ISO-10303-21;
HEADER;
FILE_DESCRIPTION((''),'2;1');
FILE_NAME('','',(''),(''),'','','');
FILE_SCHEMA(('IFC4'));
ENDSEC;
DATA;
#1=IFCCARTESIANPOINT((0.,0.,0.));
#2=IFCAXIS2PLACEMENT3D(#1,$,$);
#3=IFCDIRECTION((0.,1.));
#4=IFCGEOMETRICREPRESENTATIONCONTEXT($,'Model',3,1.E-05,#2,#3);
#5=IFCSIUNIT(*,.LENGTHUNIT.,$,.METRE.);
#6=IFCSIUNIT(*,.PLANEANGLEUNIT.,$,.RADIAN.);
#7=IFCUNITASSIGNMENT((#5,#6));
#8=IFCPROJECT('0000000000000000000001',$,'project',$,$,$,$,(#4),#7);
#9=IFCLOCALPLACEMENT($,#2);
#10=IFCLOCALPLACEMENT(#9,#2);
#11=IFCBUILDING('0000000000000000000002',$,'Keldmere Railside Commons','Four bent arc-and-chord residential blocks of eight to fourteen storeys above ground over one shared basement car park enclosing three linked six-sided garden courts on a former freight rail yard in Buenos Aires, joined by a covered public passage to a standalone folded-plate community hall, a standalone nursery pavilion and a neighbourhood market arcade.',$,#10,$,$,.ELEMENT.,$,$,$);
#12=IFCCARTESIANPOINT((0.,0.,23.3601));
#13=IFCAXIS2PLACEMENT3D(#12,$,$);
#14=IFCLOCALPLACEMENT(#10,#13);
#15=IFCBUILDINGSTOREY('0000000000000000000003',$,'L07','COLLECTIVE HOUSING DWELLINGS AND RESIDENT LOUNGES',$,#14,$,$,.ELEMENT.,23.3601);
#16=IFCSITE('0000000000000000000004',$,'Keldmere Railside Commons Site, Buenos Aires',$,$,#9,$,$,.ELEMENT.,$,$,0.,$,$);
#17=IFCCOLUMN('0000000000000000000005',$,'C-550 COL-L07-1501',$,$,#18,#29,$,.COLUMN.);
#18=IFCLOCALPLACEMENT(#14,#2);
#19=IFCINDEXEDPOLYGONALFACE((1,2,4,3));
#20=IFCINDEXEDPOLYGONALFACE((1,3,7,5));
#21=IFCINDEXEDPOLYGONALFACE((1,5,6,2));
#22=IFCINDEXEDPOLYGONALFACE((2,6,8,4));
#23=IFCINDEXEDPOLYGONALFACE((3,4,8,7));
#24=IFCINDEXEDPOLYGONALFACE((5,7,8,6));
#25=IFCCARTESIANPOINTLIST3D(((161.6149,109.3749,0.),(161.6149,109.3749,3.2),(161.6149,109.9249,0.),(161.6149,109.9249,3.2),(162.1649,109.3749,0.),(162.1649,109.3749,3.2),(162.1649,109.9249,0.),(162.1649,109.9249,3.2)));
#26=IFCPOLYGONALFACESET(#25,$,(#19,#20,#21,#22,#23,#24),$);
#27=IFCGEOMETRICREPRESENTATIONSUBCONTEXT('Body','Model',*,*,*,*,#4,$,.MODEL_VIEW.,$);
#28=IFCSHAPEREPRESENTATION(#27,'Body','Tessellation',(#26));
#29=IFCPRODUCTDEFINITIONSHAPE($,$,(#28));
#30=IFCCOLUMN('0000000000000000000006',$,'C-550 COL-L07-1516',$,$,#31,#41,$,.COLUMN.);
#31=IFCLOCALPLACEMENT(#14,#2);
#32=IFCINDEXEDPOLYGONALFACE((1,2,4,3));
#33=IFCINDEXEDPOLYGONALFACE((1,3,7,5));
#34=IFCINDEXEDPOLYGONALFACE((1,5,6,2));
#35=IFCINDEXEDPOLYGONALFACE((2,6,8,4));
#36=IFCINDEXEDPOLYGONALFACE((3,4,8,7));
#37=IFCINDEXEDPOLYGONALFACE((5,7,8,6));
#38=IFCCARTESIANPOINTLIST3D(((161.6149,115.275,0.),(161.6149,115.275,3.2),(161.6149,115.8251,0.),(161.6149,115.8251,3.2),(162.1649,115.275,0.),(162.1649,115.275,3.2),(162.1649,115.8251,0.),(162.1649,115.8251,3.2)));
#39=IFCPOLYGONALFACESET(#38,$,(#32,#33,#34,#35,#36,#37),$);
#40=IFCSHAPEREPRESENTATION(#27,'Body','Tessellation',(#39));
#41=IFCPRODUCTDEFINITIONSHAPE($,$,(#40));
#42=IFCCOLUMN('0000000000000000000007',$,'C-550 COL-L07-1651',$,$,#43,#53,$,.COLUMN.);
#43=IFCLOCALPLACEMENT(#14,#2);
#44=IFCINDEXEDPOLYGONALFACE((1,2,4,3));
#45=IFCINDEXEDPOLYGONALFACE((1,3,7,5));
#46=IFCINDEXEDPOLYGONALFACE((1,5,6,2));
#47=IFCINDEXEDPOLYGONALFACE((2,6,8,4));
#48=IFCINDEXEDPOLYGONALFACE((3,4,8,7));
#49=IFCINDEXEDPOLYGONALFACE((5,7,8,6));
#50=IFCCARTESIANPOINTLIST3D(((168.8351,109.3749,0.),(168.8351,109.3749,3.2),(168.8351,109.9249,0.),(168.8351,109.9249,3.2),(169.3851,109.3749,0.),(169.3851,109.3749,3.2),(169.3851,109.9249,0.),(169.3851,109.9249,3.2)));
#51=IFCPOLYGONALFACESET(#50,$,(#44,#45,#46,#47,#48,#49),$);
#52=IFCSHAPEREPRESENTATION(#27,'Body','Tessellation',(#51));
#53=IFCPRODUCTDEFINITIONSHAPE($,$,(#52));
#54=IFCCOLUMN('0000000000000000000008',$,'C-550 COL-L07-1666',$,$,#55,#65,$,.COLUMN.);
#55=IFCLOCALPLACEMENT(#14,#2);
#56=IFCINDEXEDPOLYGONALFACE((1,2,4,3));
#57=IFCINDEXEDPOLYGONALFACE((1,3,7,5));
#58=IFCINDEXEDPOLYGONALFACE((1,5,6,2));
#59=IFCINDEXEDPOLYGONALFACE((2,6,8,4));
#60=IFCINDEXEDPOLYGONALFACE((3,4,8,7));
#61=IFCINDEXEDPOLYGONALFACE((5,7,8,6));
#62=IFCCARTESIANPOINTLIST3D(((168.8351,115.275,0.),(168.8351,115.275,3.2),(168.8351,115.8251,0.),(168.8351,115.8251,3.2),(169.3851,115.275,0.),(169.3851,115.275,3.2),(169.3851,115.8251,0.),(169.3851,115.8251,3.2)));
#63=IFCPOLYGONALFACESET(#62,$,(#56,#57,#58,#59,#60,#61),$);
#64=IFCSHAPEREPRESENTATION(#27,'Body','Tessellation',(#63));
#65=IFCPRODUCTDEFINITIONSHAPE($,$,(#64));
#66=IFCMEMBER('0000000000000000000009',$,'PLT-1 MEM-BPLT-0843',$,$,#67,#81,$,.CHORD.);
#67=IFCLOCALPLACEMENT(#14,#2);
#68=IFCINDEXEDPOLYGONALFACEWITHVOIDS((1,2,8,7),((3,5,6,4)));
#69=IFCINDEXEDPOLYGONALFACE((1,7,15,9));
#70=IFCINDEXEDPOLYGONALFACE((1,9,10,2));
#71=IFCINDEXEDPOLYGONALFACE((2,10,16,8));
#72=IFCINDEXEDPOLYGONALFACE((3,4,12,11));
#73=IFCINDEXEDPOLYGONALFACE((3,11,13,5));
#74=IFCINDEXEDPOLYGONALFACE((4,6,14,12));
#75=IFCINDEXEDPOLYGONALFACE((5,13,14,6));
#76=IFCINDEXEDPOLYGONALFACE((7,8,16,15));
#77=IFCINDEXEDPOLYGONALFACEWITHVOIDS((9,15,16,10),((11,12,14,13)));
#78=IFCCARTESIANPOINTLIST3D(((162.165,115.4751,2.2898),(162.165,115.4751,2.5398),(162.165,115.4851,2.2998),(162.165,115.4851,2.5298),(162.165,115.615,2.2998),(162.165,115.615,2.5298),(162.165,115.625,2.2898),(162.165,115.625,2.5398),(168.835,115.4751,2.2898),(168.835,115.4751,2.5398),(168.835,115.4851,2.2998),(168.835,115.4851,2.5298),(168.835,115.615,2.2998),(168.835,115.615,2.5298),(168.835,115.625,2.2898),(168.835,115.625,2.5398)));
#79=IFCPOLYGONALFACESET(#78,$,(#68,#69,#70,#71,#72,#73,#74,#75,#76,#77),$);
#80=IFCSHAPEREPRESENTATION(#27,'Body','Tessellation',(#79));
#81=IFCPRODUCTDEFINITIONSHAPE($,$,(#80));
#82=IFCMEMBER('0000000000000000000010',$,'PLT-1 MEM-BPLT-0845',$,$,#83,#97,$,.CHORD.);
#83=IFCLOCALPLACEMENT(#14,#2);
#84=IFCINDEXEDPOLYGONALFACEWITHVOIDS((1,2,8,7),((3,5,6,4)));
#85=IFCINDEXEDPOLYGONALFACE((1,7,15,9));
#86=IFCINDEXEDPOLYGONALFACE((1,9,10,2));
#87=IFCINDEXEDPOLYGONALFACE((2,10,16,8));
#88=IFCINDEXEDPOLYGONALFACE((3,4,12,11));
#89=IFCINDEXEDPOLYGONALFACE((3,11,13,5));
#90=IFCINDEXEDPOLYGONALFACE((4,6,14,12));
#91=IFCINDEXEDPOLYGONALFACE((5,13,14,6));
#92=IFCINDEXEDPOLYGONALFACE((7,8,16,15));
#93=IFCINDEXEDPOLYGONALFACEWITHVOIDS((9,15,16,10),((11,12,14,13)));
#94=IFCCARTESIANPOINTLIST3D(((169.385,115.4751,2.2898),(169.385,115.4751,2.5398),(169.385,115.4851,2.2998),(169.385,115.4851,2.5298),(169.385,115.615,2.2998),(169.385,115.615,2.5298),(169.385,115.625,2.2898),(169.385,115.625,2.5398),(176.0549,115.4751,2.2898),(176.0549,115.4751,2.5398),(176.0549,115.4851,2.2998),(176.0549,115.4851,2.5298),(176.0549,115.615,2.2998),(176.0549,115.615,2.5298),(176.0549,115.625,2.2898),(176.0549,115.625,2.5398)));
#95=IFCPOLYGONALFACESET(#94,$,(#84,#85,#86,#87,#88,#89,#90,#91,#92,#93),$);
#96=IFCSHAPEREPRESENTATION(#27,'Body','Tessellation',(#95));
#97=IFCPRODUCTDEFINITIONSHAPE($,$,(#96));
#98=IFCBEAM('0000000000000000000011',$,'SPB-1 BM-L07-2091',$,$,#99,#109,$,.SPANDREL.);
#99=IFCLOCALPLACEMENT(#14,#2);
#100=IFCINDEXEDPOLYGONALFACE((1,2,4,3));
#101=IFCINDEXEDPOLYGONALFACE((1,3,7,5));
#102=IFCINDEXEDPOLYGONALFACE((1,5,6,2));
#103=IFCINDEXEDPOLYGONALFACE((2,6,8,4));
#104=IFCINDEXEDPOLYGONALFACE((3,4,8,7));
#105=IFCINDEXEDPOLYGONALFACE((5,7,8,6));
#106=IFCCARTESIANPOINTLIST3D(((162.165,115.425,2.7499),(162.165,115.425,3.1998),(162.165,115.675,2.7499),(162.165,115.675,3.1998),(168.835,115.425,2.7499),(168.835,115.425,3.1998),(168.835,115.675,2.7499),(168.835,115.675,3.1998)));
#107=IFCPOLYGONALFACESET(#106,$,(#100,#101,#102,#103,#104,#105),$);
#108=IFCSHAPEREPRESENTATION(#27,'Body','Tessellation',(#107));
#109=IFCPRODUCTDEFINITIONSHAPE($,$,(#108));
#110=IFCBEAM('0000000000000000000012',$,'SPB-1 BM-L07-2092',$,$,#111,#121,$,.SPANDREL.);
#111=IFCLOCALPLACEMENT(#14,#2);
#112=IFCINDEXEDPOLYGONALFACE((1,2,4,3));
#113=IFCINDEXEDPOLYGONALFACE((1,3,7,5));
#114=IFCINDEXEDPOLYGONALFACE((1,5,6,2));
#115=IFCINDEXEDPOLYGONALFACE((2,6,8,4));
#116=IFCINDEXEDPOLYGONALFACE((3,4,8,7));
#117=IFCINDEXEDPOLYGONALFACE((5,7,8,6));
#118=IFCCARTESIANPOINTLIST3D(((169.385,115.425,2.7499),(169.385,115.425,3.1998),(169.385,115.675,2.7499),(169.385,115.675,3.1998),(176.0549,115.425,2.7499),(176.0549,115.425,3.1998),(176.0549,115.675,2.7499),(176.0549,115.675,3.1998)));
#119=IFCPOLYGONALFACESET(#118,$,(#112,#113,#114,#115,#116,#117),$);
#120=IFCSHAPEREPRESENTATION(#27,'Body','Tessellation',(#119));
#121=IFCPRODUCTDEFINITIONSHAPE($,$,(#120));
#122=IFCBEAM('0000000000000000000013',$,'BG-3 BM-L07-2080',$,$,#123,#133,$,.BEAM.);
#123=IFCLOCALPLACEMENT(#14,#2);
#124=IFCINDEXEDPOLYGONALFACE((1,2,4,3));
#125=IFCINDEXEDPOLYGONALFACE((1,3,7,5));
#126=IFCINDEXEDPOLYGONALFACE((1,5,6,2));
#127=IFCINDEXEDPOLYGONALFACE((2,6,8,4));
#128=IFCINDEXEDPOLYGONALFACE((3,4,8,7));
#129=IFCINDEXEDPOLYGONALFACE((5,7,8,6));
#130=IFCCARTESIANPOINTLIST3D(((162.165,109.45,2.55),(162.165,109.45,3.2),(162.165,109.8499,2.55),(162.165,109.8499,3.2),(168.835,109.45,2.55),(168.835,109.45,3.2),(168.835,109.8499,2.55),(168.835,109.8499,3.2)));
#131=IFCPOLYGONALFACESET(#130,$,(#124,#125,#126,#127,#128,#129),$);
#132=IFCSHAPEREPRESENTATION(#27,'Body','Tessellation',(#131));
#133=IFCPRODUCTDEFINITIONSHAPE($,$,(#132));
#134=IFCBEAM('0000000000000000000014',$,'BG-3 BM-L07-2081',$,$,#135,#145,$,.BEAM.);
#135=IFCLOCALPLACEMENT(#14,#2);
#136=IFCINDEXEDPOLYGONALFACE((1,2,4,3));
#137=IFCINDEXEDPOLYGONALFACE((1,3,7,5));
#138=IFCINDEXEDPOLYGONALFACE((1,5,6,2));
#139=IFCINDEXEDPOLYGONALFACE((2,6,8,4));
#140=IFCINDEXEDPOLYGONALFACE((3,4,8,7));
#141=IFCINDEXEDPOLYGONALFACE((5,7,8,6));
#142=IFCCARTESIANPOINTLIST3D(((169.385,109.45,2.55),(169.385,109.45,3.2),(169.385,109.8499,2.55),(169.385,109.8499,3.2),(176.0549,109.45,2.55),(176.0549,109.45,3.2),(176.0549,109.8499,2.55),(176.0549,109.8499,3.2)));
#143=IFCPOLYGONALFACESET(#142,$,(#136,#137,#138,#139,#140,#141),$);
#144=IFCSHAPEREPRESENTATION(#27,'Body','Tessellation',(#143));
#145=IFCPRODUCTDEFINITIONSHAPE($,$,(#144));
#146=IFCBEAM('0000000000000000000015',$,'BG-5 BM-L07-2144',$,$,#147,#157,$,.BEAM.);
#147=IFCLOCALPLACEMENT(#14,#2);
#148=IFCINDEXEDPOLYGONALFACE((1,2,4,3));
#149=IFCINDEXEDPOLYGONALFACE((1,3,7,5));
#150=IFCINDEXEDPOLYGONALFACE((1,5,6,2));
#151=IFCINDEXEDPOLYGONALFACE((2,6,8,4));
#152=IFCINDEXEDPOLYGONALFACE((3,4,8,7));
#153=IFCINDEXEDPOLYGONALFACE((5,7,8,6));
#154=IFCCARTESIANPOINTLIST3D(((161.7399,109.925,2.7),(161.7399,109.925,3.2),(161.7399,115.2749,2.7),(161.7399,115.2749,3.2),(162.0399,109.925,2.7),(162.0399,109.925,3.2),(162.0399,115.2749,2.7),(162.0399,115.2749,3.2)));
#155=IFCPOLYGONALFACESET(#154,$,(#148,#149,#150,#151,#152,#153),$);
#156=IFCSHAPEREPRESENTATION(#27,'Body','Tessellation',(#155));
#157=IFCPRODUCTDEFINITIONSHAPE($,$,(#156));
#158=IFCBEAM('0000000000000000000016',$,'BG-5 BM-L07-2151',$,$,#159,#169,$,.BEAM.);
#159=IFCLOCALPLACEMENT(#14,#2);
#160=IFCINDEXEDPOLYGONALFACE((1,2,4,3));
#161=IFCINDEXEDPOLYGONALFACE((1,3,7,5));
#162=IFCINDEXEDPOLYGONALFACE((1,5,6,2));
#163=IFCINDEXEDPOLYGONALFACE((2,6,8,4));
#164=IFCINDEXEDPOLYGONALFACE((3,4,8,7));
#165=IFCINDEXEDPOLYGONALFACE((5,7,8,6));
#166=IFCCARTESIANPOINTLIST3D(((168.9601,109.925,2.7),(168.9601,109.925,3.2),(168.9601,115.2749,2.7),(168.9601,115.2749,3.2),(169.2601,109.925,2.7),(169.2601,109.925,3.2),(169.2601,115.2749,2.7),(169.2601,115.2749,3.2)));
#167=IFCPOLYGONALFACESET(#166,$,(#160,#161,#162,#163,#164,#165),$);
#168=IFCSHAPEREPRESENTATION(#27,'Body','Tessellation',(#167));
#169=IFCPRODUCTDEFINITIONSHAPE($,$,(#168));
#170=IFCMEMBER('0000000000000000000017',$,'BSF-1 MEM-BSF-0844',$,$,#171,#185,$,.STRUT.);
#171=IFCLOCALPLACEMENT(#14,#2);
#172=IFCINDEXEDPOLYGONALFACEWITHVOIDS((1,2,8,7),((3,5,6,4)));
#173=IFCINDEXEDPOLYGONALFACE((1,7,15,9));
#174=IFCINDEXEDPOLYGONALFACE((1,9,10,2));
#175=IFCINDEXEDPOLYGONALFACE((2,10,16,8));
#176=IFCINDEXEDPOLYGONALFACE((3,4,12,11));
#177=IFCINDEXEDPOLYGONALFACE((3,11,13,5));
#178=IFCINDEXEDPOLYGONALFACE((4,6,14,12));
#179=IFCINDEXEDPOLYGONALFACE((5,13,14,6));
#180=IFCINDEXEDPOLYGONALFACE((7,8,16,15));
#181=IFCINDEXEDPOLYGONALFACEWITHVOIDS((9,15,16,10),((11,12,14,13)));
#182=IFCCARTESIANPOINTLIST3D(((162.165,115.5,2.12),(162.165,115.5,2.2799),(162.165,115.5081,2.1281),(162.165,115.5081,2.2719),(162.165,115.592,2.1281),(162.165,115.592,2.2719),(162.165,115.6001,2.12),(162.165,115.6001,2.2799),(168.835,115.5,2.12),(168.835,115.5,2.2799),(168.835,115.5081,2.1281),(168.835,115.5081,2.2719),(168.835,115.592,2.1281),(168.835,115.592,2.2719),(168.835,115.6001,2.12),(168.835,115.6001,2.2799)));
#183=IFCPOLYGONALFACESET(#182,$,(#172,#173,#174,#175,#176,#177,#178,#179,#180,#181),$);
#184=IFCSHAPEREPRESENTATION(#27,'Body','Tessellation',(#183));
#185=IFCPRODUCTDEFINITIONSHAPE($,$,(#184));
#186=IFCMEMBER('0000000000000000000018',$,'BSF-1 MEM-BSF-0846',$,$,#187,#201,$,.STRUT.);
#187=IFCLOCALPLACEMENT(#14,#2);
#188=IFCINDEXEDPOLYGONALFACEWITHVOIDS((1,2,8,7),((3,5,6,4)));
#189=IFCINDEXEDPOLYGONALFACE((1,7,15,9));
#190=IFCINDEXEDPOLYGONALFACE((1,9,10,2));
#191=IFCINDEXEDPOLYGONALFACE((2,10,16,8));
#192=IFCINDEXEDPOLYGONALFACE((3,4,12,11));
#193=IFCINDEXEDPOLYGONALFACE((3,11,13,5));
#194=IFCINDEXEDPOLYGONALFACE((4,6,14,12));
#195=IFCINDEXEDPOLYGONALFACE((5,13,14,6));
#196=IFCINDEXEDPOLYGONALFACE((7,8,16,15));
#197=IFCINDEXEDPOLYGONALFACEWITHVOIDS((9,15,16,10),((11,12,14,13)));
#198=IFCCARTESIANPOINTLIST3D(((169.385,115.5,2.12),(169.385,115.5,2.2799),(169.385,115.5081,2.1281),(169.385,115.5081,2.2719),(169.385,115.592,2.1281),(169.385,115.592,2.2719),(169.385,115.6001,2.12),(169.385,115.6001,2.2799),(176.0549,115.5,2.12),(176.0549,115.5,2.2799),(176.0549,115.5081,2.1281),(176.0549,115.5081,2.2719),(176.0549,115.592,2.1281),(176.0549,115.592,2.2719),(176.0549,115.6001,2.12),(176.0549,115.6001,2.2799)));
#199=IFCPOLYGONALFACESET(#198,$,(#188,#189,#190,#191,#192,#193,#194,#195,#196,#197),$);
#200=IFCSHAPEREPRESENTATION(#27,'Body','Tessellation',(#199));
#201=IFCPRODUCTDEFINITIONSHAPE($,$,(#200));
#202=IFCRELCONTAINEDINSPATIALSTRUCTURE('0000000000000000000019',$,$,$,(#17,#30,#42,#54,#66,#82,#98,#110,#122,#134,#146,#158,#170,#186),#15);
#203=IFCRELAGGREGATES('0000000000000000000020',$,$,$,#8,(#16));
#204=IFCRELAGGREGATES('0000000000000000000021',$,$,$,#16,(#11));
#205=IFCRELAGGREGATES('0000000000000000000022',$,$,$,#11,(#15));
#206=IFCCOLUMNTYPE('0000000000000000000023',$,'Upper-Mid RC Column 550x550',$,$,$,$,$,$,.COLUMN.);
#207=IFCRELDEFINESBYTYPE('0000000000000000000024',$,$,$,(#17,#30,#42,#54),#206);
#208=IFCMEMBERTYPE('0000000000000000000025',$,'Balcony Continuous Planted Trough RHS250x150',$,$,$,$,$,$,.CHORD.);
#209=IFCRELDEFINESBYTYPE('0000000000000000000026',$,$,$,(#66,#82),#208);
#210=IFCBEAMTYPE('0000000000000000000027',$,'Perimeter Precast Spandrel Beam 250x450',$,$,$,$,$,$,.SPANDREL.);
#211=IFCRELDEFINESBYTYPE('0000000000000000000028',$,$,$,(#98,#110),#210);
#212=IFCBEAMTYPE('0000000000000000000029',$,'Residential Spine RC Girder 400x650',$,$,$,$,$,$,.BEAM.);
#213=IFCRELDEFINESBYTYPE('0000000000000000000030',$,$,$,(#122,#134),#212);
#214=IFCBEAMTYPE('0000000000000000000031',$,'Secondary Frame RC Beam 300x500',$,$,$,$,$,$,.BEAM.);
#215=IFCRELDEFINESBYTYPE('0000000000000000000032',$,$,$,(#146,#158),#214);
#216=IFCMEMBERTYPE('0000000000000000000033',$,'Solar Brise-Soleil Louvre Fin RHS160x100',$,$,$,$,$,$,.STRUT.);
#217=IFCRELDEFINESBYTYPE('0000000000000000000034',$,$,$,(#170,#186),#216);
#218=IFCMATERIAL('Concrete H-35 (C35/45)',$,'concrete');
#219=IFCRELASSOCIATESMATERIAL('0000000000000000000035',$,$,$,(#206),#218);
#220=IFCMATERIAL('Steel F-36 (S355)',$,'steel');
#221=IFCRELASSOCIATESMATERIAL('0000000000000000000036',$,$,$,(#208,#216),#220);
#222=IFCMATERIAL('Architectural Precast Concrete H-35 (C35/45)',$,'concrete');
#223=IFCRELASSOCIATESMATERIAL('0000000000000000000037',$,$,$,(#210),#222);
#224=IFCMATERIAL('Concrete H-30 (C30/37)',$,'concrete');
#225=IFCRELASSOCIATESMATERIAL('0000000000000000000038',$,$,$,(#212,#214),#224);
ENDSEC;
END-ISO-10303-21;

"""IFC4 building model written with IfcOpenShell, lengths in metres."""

from ifc_helpers import new_model, si_unit, direction, frame, origin, origin_2d, place, context, subcontext, project, spatial, rectangle, hollow_rectangle, extrude, material, material_profile, profile_set, type_object, element, save


model = new_model("IFC4")

# Units and contexts
model_context = context("Model", 3, precision=1e-05, world=origin(), true_north=direction((0.0, 1.0)))
body_context = subcontext(model_context, "Body", "Model", "MODEL_VIEW")
ifc_project = project(units=[si_unit("LENGTHUNIT", "METRE"), si_unit("PLANEANGLEUNIT", "RADIAN")], contexts=[model_context])

# Site, building, storey
site_placement = place(None, origin())
site = spatial("IfcSite", under=ifc_project, at=site_placement, Name="Keldmere Railside Commons Site, Buenos Aires", CompositionType="ELEMENT", RefElevation=0.0)
building_placement = place(site_placement, origin())
building = spatial("IfcBuilding", under=site, at=building_placement, Name="Keldmere Railside Commons", Description="Four bent arc-and-chord residential blocks of eight to fourteen storeys above ground over one shared basement car park enclosing three linked six-sided garden courts on a former freight rail yard in Buenos Aires, joined by a covered public passage to a standalone folded-plate community hall, a standalone nursery pavilion and a neighbourhood market arcade.", CompositionType="ELEMENT")
storey_placement = place(building_placement, frame((0.0, 0.0, 23.3601)))
storey = spatial("IfcBuildingStorey", under=building, at=storey_placement, Name="L07", Description="COLLECTIVE HOUSING DWELLINGS AND RESIDENT LOUNGES", CompositionType="ELEMENT", Elevation=23.3601)

# Columns
ifc_material_1 = material(Name="Concrete H-35 (C35/45)", Category="concrete")
ifc_material_profile_1 = material_profile(ifc_material_1, rectangle(XDim=0.55, YDim=0.55, at=origin_2d()), Name="RC-550x550")
ifc_profile_set_1 = profile_set([ifc_material_profile_1], Name="Concrete H-35 (C35/45)")
column_type = type_object("IfcColumnType", Name="Upper-Mid RC Column 550x550", PredefinedType="COLUMN", material=ifc_profile_set_1)
for number, where, z_axis, x_axis, name in (
    (1, (161.8899, 109.6499, 0.0), (0.0, 0.0, 1.0), (1.0, 0.0, 0.0), "C-550 COL-L07-1501"),
    (2, (161.8899, 115.55, 0.0), (0.0, 0.0, 1.0), (1.0, 0.0, 0.0), "C-550 COL-L07-1516"),
    (3, (169.1101, 109.6499, 0.0), (0.0, 0.0, 1.0), (1.0, 0.0, 0.0), "C-550 COL-L07-1651"),
    (4, (169.1101, 115.55, 0.0), (0.0, 0.0, 1.0), (1.0, 0.0, 0.0), "C-550 COL-L07-1666"),
):
    element("IfcColumn", number, at=place(storey_placement, frame(where, z_axis=z_axis, x_axis=x_axis)), inside=storey, type_object=column_type, Name=name, PredefinedType="COLUMN", context=body_context, shape_type="SweptSolid", body=[
        extrude(rectangle(XDim=0.55, YDim=0.55, at=origin_2d()), origin(), (0.0, 0.0, 1.0), 3.2),
    ])

# Members
ifc_material_2 = material(Name="Steel F-36 (S355)", Category="steel")
ifc_material_profile_2 = material_profile(ifc_material_2, hollow_rectangle(XDim=0.1499, YDim=0.25, WallThickness=0.01, at=origin_2d()), Name="RHS-250x150x10")
ifc_profile_set_2 = profile_set([ifc_material_profile_2], Name="Steel F-36 (S355)")
member_type_1 = type_object("IfcMemberType", Name="Balcony Continuous Planted Trough RHS250x150", PredefinedType="CHORD", material=ifc_profile_set_2)
for number, where, z_axis, x_axis, name in (
    (5, (162.165, 115.55, 2.4148), (1.0, 0.0, 0.0), (0.0, 1.0, 0.0), "PLT-1 MEM-BPLT-0843"),
    (6, (169.385, 115.55, 2.4148), (1.0, 0.0, 0.0), (0.0, 1.0, 0.0), "PLT-1 MEM-BPLT-0845"),
):
    element("IfcMember", number, at=place(storey_placement, frame(where, z_axis=z_axis, x_axis=x_axis)), inside=storey, type_object=member_type_1, Name=name, PredefinedType="CHORD", context=body_context, shape_type="SweptSolid", body=[
        extrude(hollow_rectangle(XDim=0.1499, YDim=0.25, WallThickness=0.01, at=origin_2d()), origin(), (0.0, 0.0, 1.0), 6.6699),
    ])

# Beams
ifc_material_3 = material(Name="Architectural Precast Concrete H-35 (C35/45)", Category="concrete")
ifc_material_profile_3 = material_profile(ifc_material_3, rectangle(XDim=0.25, YDim=0.45, at=origin_2d()), Name="RC-250x450")
ifc_profile_set_3 = profile_set([ifc_material_profile_3], Name="Architectural Precast Concrete H-35 (C35/45)")
beam_type_1 = type_object("IfcBeamType", Name="Perimeter Precast Spandrel Beam 250x450", PredefinedType="SPANDREL", material=ifc_profile_set_3)
for number, where, z_axis, x_axis, name in (
    (7, (162.165, 115.55, 2.9749), (1.0, 0.0, 0.0), (0.0, 1.0, 0.0), "SPB-1 BM-L07-2091"),
    (8, (169.385, 115.55, 2.9749), (1.0, 0.0, 0.0), (0.0, 1.0, 0.0), "SPB-1 BM-L07-2092"),
):
    element("IfcBeam", number, at=place(storey_placement, frame(where, z_axis=z_axis, x_axis=x_axis)), inside=storey, type_object=beam_type_1, Name=name, PredefinedType="SPANDREL", context=body_context, shape_type="SweptSolid", body=[
        extrude(rectangle(XDim=0.25, YDim=0.45, at=origin_2d()), origin(), (0.0, 0.0, 1.0), 6.6699),
    ])
ifc_material_4 = material(Name="Concrete H-30 (C30/37)", Category="concrete")
ifc_material_profile_4 = material_profile(ifc_material_4, rectangle(XDim=0.3999, YDim=0.6499, at=origin_2d()), Name="RC-400x650")
ifc_profile_set_4 = profile_set([ifc_material_profile_4], Name="Concrete H-30 (C30/37)")
beam_type_2 = type_object("IfcBeamType", Name="Residential Spine RC Girder 400x650", PredefinedType="BEAM", material=ifc_profile_set_4)
for number, where, z_axis, x_axis, name in (
    (9, (162.165, 109.6499, 2.875), (1.0, 0.0, 0.0), (0.0, 1.0, 0.0), "BG-3 BM-L07-2080"),
    (10, (169.385, 109.6499, 2.875), (1.0, 0.0, 0.0), (0.0, 1.0, 0.0), "BG-3 BM-L07-2081"),
):
    element("IfcBeam", number, at=place(storey_placement, frame(where, z_axis=z_axis, x_axis=x_axis)), inside=storey, type_object=beam_type_2, Name=name, PredefinedType="BEAM", context=body_context, shape_type="SweptSolid", body=[
        extrude(rectangle(XDim=0.3999, YDim=0.6499, at=origin_2d()), origin(), (0.0, 0.0, 1.0), 6.6699),
    ])
ifc_material_profile_5 = material_profile(ifc_material_4, rectangle(XDim=0.3, YDim=0.5, at=origin_2d()), Name="RC-300x500")
ifc_profile_set_5 = profile_set([ifc_material_profile_5], Name="Concrete H-30 (C30/37)")
beam_type_3 = type_object("IfcBeamType", Name="Secondary Frame RC Beam 300x500", PredefinedType="BEAM", material=ifc_profile_set_5)
for number, where, z_axis, x_axis, name in (
    (11, (161.8899, 109.925, 2.95), (0.0, 1.0, 0.0), (-1.0, 0.0, 0.0), "BG-5 BM-L07-2144"),
    (12, (169.1101, 109.925, 2.95), (0.0, 1.0, 0.0), (-1.0, 0.0, 0.0), "BG-5 BM-L07-2151"),
):
    element("IfcBeam", number, at=place(storey_placement, frame(where, z_axis=z_axis, x_axis=x_axis)), inside=storey, type_object=beam_type_3, Name=name, PredefinedType="BEAM", context=body_context, shape_type="SweptSolid", body=[
        extrude(rectangle(XDim=0.3, YDim=0.5, at=origin_2d()), origin(), (0.0, 0.0, 1.0), 5.3499),
    ])

# Members
ifc_material_profile_6 = material_profile(ifc_material_2, hollow_rectangle(XDim=0.1001, YDim=0.1599, WallThickness=0.0081, at=origin_2d()), Name="RHS-160x100x8")
ifc_profile_set_6 = profile_set([ifc_material_profile_6], Name="Steel F-36 (S355)")
member_type_2 = type_object("IfcMemberType", Name="Solar Brise-Soleil Louvre Fin RHS160x100", PredefinedType="STRUT", material=ifc_profile_set_6)
for number, where, z_axis, x_axis, name in (
    (13, (162.165, 115.55, 2.2), (1.0, 0.0, 0.0), (0.0, 1.0, 0.0), "BSF-1 MEM-BSF-0844"),
    (14, (169.385, 115.55, 2.2), (1.0, 0.0, 0.0), (0.0, 1.0, 0.0), "BSF-1 MEM-BSF-0846"),
):
    element("IfcMember", number, at=place(storey_placement, frame(where, z_axis=z_axis, x_axis=x_axis)), inside=storey, type_object=member_type_2, Name=name, PredefinedType="STRUT", context=body_context, shape_type="SweptSolid", body=[
        extrude(hollow_rectangle(XDim=0.1001, YDim=0.1599, WallThickness=0.0081, at=origin_2d()), origin(), (0.0, 0.0, 1.0), 6.6699),
    ])

save(model, "model.ifc")
